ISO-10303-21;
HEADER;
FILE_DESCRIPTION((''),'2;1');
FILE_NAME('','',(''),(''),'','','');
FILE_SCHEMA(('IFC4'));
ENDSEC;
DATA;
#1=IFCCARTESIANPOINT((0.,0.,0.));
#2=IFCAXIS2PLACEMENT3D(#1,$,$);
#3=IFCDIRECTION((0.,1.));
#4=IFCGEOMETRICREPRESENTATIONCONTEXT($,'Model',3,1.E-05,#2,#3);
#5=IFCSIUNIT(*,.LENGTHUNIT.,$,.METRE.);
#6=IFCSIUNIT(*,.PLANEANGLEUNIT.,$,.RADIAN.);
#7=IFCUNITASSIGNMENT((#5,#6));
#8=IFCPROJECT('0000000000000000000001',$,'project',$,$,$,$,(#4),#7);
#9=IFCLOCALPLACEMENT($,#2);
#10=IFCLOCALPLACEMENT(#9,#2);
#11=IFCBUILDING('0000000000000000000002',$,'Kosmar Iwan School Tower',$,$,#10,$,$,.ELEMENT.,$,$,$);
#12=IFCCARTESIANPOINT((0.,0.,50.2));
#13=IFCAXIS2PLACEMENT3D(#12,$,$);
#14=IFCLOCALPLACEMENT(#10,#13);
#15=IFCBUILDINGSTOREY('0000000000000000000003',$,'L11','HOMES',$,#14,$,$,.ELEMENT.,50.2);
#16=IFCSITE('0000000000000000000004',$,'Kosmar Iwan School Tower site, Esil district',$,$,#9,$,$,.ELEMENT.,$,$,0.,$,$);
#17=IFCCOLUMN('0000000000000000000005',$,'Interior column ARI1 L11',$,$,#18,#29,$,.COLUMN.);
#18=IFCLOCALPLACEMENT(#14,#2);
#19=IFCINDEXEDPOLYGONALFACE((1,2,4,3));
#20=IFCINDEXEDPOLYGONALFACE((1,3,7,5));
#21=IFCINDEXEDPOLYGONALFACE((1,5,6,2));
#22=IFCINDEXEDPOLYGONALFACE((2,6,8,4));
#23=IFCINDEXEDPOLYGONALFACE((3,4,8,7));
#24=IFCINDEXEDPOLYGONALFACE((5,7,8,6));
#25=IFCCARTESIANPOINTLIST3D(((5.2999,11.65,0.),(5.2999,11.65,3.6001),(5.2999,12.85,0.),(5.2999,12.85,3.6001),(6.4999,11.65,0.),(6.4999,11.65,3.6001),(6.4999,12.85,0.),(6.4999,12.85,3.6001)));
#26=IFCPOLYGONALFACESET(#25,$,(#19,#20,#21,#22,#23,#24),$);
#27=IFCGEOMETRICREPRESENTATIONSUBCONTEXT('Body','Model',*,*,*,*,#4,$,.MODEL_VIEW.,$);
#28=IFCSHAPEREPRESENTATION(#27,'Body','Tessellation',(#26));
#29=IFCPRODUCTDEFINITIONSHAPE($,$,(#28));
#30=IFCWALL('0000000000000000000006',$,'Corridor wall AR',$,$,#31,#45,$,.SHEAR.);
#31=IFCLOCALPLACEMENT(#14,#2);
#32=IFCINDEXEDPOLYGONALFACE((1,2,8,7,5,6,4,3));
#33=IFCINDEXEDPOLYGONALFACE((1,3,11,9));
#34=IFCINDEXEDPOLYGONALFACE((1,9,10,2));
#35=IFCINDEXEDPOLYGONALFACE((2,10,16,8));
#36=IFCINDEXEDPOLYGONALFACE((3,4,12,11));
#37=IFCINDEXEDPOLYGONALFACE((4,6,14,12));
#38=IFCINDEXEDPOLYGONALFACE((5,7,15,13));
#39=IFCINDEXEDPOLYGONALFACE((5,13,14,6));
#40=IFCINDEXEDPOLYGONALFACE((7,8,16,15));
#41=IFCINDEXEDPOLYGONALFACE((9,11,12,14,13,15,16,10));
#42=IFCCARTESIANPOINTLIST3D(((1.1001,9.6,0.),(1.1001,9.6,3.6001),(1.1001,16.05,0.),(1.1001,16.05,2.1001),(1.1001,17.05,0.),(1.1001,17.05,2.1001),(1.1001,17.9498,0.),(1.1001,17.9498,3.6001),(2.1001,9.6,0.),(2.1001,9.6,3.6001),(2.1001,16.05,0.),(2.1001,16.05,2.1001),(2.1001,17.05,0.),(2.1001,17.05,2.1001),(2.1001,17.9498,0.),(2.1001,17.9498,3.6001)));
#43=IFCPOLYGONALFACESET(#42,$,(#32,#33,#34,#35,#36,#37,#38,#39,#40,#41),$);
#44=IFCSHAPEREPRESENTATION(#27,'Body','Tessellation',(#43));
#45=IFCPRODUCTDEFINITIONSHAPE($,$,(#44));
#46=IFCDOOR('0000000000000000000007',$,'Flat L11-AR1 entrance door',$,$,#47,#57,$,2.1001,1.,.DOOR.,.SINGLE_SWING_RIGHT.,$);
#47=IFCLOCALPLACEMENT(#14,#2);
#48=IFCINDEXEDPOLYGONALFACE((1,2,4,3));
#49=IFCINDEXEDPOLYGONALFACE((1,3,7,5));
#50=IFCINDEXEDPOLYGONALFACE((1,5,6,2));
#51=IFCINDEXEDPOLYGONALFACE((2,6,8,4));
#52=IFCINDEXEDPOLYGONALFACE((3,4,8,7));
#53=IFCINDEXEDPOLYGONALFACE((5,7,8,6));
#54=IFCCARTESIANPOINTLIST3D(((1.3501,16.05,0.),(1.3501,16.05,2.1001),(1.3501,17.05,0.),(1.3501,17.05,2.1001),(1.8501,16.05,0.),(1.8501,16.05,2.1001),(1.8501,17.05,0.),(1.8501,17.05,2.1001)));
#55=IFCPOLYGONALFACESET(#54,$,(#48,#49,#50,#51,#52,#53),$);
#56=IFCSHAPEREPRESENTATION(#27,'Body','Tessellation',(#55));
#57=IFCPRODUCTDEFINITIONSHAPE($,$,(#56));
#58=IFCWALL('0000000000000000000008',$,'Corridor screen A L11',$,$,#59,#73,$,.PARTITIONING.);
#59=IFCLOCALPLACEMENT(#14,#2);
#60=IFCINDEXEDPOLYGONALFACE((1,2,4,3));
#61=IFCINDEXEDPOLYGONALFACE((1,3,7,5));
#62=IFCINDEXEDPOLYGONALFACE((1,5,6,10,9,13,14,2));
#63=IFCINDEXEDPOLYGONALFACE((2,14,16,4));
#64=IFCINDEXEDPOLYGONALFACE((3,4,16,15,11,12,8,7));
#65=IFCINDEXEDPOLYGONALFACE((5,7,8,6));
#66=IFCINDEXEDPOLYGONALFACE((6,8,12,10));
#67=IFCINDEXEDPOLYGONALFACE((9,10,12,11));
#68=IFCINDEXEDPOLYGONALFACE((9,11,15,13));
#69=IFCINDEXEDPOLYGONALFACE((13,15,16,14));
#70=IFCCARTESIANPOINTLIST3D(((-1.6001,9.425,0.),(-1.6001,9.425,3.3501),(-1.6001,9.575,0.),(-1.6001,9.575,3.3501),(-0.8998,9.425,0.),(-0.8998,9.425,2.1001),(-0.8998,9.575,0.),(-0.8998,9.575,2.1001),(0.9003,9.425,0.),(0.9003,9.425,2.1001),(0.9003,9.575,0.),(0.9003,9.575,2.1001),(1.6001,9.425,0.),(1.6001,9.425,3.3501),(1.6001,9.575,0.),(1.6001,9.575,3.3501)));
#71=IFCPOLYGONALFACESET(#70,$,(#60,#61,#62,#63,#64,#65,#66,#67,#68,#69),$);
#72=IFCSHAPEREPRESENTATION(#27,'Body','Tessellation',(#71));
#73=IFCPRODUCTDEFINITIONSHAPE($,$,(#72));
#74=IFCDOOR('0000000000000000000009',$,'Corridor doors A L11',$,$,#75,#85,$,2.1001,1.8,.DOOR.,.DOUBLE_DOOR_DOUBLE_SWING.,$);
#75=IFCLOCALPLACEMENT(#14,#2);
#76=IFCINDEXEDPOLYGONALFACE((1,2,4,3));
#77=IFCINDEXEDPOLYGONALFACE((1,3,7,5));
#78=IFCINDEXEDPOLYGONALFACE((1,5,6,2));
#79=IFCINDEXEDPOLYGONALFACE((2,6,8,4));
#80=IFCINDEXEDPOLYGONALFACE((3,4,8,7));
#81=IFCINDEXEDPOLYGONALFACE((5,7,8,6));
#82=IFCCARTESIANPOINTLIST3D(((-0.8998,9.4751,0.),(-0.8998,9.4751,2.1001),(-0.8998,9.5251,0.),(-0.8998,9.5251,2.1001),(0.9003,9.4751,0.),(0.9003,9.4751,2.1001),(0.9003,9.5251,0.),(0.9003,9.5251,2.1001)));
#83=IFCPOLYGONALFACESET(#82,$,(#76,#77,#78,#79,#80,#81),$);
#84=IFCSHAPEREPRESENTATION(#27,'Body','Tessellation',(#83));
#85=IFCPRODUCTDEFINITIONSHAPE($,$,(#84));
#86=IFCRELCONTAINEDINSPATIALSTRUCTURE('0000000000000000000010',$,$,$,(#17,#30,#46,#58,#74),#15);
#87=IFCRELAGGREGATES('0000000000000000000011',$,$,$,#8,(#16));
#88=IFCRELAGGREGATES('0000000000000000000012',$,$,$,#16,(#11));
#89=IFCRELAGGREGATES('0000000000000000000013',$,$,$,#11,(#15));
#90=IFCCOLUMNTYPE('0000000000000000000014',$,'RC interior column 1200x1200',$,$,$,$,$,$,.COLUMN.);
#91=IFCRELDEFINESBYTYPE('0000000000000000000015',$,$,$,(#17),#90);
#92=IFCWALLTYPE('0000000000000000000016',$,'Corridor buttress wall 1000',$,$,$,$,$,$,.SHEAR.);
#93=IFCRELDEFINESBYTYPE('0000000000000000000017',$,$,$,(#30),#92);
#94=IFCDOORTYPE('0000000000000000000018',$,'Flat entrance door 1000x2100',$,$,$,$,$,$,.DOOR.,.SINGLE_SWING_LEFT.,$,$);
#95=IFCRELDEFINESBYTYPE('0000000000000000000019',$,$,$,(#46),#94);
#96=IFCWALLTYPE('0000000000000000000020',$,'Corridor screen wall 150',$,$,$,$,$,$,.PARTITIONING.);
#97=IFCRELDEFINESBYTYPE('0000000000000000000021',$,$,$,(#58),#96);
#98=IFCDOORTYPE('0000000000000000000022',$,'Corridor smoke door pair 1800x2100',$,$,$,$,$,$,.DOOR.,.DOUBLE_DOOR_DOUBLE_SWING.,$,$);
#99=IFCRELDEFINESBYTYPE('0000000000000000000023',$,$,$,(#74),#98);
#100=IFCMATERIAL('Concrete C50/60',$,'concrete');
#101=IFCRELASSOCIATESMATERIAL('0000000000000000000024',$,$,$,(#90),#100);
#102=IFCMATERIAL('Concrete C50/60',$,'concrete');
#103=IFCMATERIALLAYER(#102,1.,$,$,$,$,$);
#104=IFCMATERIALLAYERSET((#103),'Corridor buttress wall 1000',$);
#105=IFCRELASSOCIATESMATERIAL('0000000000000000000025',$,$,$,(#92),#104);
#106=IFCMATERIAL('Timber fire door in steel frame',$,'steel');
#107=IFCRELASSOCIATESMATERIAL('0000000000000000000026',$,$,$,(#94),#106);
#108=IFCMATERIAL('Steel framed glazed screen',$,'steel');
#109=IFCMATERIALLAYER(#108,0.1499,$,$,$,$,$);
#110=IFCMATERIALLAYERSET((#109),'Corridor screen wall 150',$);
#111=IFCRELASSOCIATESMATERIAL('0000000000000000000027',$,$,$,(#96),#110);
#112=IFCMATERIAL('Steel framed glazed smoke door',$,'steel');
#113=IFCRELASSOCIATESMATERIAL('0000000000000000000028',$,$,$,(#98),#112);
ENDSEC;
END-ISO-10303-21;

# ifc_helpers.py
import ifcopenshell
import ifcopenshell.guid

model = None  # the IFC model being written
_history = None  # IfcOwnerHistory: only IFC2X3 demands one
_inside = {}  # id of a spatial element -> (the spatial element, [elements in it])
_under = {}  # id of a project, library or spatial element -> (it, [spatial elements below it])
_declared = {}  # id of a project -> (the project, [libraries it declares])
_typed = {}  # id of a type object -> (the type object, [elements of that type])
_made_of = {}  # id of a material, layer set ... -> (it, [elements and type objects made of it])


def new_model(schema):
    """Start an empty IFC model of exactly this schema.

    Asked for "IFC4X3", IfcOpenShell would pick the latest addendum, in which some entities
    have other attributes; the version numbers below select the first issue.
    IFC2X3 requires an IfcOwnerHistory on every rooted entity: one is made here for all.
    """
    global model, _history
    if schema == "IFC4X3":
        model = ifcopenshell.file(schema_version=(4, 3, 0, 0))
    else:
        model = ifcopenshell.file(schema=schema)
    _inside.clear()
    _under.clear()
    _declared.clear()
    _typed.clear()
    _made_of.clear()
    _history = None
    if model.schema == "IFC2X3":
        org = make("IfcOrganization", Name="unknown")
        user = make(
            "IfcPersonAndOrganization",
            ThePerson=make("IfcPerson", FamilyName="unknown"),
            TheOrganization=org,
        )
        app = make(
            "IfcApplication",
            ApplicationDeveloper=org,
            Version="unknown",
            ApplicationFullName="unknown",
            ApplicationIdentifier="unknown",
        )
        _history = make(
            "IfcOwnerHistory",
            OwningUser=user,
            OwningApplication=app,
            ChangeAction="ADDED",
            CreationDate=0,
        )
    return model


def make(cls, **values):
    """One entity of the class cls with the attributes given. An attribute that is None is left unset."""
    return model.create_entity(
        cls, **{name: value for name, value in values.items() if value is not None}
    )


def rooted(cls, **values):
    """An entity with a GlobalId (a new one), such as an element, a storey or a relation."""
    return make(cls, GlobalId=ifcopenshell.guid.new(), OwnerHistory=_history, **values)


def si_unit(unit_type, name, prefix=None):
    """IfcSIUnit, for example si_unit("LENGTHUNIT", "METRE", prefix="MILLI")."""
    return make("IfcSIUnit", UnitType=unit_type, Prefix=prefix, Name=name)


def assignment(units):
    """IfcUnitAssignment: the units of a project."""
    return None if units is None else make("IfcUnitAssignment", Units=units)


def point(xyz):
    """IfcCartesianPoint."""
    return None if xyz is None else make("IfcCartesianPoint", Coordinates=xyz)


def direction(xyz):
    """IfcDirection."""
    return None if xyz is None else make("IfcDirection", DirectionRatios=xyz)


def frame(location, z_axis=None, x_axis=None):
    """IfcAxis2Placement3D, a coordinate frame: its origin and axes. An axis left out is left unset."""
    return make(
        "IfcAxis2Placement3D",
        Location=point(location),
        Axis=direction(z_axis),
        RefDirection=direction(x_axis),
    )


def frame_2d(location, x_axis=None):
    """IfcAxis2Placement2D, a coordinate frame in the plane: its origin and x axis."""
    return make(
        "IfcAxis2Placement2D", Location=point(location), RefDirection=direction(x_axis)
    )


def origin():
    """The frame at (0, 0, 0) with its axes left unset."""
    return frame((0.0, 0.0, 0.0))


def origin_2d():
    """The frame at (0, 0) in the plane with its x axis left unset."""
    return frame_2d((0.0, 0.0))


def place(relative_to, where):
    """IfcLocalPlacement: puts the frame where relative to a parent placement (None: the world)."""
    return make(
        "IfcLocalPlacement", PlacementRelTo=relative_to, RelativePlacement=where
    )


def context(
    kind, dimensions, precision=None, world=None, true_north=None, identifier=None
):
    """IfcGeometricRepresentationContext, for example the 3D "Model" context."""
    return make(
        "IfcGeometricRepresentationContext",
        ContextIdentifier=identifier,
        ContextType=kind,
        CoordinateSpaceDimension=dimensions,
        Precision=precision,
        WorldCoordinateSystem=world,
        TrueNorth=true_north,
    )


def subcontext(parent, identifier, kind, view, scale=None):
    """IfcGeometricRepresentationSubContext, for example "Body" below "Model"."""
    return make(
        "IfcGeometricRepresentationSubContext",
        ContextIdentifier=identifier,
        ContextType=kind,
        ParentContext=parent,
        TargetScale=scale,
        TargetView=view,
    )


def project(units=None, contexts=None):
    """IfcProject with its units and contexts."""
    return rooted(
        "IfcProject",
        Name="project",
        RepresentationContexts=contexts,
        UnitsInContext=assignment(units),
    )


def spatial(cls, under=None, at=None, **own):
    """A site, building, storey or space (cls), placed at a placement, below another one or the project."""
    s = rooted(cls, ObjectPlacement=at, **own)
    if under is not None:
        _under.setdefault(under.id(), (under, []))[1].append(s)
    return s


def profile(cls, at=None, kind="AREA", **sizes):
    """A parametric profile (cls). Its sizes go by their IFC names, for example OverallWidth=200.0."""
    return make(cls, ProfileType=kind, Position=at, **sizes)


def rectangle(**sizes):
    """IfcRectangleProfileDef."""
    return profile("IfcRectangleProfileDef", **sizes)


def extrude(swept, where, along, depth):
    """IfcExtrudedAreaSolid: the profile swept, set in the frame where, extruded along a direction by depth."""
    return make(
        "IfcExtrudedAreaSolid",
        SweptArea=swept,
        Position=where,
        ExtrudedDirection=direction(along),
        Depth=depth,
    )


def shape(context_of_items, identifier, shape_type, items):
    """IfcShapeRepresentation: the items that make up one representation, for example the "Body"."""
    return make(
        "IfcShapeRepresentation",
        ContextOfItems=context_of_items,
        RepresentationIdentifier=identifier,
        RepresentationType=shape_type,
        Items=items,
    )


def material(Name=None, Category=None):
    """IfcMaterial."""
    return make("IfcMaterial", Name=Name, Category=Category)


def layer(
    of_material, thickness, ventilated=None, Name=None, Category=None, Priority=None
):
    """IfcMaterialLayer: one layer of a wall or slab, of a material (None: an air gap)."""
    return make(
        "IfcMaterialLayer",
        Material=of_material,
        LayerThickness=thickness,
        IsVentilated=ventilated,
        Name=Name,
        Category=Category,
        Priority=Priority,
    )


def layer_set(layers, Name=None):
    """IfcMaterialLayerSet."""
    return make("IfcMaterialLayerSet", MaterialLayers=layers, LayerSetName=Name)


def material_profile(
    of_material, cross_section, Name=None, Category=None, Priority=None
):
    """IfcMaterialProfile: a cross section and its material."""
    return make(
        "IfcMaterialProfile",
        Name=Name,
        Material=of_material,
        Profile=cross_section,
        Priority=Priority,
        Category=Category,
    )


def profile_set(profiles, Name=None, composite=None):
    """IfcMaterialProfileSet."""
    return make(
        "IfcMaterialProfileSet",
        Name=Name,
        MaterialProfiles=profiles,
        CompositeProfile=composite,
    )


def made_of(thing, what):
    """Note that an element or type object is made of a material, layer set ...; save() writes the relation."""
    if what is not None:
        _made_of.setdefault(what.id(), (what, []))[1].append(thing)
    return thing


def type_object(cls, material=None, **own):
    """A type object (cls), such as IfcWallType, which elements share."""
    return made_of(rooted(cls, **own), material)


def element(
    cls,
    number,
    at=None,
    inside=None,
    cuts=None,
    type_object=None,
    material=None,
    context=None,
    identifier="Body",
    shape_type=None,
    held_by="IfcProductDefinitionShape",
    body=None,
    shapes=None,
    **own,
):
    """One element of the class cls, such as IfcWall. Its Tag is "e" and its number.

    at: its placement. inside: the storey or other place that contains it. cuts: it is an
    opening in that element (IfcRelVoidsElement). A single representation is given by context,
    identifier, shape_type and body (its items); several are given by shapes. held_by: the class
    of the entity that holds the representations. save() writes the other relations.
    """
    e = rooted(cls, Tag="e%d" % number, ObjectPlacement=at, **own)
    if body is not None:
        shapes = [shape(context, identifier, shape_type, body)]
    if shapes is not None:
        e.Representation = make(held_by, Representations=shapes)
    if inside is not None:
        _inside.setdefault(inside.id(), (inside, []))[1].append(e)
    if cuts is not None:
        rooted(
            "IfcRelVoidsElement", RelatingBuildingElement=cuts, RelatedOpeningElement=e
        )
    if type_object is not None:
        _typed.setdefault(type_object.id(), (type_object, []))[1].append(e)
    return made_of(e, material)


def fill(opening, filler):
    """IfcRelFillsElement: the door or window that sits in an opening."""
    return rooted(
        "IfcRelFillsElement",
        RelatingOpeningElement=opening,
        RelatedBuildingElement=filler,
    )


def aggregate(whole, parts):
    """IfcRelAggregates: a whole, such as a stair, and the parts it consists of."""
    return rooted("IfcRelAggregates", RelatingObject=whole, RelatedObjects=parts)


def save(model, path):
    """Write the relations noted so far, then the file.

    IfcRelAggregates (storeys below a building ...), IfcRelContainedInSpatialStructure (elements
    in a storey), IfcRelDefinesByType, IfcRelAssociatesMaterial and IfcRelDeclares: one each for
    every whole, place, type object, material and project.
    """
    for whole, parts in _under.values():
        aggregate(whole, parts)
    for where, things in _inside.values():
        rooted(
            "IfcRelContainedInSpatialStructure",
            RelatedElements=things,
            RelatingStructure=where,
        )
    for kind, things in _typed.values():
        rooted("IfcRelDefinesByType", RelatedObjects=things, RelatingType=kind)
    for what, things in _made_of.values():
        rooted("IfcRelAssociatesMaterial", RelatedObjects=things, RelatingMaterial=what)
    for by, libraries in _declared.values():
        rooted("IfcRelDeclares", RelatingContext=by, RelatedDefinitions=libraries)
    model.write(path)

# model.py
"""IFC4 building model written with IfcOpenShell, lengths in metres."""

from ifc_helpers import new_model, si_unit, direction, frame, frame_2d, origin, origin_2d, place, context, subcontext, project, spatial, rectangle, extrude, material, layer, layer_set, material_profile, profile_set, type_object, element, fill, save


model = new_model("IFC4")

# Units and contexts
model_context = context("Model", 3, precision=1e-05, world=origin(), true_north=direction((0.0, 1.0)))
body_context = subcontext(model_context, "Body", "Model", "MODEL_VIEW")
ifc_project = project(units=[si_unit("LENGTHUNIT", "METRE"), si_unit("PLANEANGLEUNIT", "RADIAN")], contexts=[model_context])

# Site, building, storey
site_placement = place(None, origin())
site = spatial("IfcSite", under=ifc_project, at=site_placement, Name="Kosmar Iwan School Tower site, Esil district", CompositionType="ELEMENT", RefElevation=0.0)
building_placement = place(site_placement, origin())
building = spatial("IfcBuilding", under=site, at=building_placement, Name="Kosmar Iwan School Tower", CompositionType="ELEMENT")
storey_placement = place(building_placement, frame((0.0, 0.0, 50.2)))
storey = spatial("IfcBuildingStorey", under=building, at=storey_placement, Name="L11", Description="HOMES", CompositionType="ELEMENT", Elevation=50.2)

# Column
ifc_material_1 = material(Name="Concrete C50/60", Category="concrete")
ifc_material_profile = material_profile(ifc_material_1, rectangle(XDim=1.2, YDim=1.2, at=origin_2d()), Name="RC 1200x1200")
ifc_profile_set = profile_set([ifc_material_profile], Name="Concrete C50/60")
column_type = type_object("IfcColumnType", Name="RC interior column 1200x1200", PredefinedType="COLUMN", material=ifc_profile_set)
column_placement = place(storey_placement, frame((5.8999, 12.25, 0.0), z_axis=(0.0, 0.0, 1.0), x_axis=(0.0, 1.0, 0.0)))
element("IfcColumn", 1, at=column_placement, inside=storey, type_object=column_type, Name="Interior column ARI1 L11", PredefinedType="COLUMN", context=body_context, shape_type="SweptSolid", body=[
    extrude(rectangle(XDim=1.2, YDim=1.2, at=origin_2d()), origin(), (0.0, 0.0, 1.0), 3.6001),
])

# Walls, openings, doors
ifc_material_2 = material(Name="Concrete C50/60", Category="concrete")
ifc_layer_1 = layer(ifc_material_2, 1.0)
ifc_layer_set_1 = layer_set([ifc_layer_1], Name="Corridor buttress wall 1000")
wall_type_1 = type_object("IfcWallType", Name="Corridor buttress wall 1000", PredefinedType="SHEAR", material=ifc_layer_set_1)
wall_1_placement = place(storey_placement, frame((1.6001, 9.6001, 0.0), z_axis=(0.0, 0.0, 1.0), x_axis=(0.0, 1.0, 0.0)))
wall_1 = element("IfcWall", 2, at=wall_1_placement, inside=storey, type_object=wall_type_1, Name="Corridor wall AR", PredefinedType="SHEAR", context=body_context, shape_type="SweptSolid", body=[
    extrude(rectangle(XDim=8.3499, YDim=1.0, at=frame_2d((4.1748, 0.0))), origin(), (0.0, 0.0, 1.0), 3.6001),
])
opening_1_placement = place(wall_1_placement, frame((6.45, 0.0, 0.0)))
opening_1 = element("IfcOpeningElement", 3, at=opening_1_placement, cuts=wall_1, PredefinedType="OPENING", context=body_context, shape_type="SweptSolid", body=[
    extrude(rectangle(XDim=1.0, YDim=2.1001, at=frame_2d((0.5, 1.05))), frame((0.0, 0.512, 0.0), z_axis=(0.0, -1.0, 0.0), x_axis=(1.0, 0.0, 0.0)), (0.0, 0.0, 1.0), 1.0239),
])
ifc_material_3 = material(Name="Timber fire door in steel frame", Category="steel")
door_type_1 = type_object("IfcDoorType", Name="Flat entrance door 1000x2100", OperationType="SINGLE_SWING_LEFT", PredefinedType="DOOR", material=ifc_material_3)
door_1_placement = place(opening_1_placement, origin())
door_1 = element("IfcDoor", 4, at=door_1_placement, inside=storey, type_object=door_type_1, Name="Flat L11-AR1 entrance door", OperationType="SINGLE_SWING_RIGHT", OverallHeight=2.1001, OverallWidth=1.0, PredefinedType="DOOR", context=body_context, shape_type="SweptSolid", body=[
    extrude(rectangle(XDim=1.0, YDim=2.1001, at=frame_2d((0.5, 1.05))), frame((0.0, 0.25, 0.0), z_axis=(0.0, -1.0, 0.0), x_axis=(1.0, 0.0, 0.0)), (0.0, 0.0, 1.0), 0.5),
])
fill(opening_1, door_1)
ifc_material_4 = material(Name="Steel framed glazed screen", Category="steel")
ifc_layer_2 = layer(ifc_material_4, 0.1499)
ifc_layer_set_2 = layer_set([ifc_layer_2], Name="Corridor screen wall 150")
wall_type_2 = type_object("IfcWallType", Name="Corridor screen wall 150", PredefinedType="PARTITIONING", material=ifc_layer_set_2)
wall_2_placement = place(storey_placement, frame((1.6001, 9.5, 0.0), z_axis=(0.0, 0.0, 1.0), x_axis=(-1.0, 0.0, 0.0)))
wall_2 = element("IfcWall", 5, at=wall_2_placement, inside=storey, type_object=wall_type_2, Name="Corridor screen A L11", PredefinedType="PARTITIONING", context=body_context, shape_type="SweptSolid", body=[
    extrude(rectangle(XDim=3.2002, YDim=0.1499, at=frame_2d((1.6001, 0.0))), origin(), (0.0, 0.0, 1.0), 3.3501),
])
opening_2_placement = place(wall_2_placement, frame((0.7, 0.0, 0.0)))
opening_2 = element("IfcOpeningElement", 6, at=opening_2_placement, cuts=wall_2, PredefinedType="OPENING", context=body_context, shape_type="SweptSolid", body=[
    extrude(rectangle(XDim=1.8, YDim=2.1001, at=frame_2d((0.8999, 1.05))), frame((0.0, 0.0869, 0.0), z_axis=(0.0, -1.0, 0.0), x_axis=(1.0, 0.0, 0.0)), (0.0, 0.0, 1.0), 0.1738),
])
ifc_material_5 = material(Name="Steel framed glazed smoke door", Category="steel")
door_type_2 = type_object("IfcDoorType", Name="Corridor smoke door pair 1800x2100", OperationType="DOUBLE_DOOR_DOUBLE_SWING", PredefinedType="DOOR", material=ifc_material_5)
door_2_placement = place(opening_2_placement, origin())
door_2 = element("IfcDoor", 7, at=door_2_placement, inside=storey, type_object=door_type_2, Name="Corridor doors A L11", OperationType="DOUBLE_DOOR_DOUBLE_SWING", OverallHeight=2.1001, OverallWidth=1.8, PredefinedType="DOOR", context=body_context, shape_type="SweptSolid", body=[
    extrude(rectangle(XDim=1.8, YDim=2.1001, at=frame_2d((0.8999, 1.05))), frame((0.0, 0.0249, 0.0), z_axis=(0.0, -1.0, 0.0), x_axis=(1.0, 0.0, 0.0)), (0.0, 0.0, 1.0), 0.05),
])
fill(opening_2, door_2)

save(model, "model.ifc")
